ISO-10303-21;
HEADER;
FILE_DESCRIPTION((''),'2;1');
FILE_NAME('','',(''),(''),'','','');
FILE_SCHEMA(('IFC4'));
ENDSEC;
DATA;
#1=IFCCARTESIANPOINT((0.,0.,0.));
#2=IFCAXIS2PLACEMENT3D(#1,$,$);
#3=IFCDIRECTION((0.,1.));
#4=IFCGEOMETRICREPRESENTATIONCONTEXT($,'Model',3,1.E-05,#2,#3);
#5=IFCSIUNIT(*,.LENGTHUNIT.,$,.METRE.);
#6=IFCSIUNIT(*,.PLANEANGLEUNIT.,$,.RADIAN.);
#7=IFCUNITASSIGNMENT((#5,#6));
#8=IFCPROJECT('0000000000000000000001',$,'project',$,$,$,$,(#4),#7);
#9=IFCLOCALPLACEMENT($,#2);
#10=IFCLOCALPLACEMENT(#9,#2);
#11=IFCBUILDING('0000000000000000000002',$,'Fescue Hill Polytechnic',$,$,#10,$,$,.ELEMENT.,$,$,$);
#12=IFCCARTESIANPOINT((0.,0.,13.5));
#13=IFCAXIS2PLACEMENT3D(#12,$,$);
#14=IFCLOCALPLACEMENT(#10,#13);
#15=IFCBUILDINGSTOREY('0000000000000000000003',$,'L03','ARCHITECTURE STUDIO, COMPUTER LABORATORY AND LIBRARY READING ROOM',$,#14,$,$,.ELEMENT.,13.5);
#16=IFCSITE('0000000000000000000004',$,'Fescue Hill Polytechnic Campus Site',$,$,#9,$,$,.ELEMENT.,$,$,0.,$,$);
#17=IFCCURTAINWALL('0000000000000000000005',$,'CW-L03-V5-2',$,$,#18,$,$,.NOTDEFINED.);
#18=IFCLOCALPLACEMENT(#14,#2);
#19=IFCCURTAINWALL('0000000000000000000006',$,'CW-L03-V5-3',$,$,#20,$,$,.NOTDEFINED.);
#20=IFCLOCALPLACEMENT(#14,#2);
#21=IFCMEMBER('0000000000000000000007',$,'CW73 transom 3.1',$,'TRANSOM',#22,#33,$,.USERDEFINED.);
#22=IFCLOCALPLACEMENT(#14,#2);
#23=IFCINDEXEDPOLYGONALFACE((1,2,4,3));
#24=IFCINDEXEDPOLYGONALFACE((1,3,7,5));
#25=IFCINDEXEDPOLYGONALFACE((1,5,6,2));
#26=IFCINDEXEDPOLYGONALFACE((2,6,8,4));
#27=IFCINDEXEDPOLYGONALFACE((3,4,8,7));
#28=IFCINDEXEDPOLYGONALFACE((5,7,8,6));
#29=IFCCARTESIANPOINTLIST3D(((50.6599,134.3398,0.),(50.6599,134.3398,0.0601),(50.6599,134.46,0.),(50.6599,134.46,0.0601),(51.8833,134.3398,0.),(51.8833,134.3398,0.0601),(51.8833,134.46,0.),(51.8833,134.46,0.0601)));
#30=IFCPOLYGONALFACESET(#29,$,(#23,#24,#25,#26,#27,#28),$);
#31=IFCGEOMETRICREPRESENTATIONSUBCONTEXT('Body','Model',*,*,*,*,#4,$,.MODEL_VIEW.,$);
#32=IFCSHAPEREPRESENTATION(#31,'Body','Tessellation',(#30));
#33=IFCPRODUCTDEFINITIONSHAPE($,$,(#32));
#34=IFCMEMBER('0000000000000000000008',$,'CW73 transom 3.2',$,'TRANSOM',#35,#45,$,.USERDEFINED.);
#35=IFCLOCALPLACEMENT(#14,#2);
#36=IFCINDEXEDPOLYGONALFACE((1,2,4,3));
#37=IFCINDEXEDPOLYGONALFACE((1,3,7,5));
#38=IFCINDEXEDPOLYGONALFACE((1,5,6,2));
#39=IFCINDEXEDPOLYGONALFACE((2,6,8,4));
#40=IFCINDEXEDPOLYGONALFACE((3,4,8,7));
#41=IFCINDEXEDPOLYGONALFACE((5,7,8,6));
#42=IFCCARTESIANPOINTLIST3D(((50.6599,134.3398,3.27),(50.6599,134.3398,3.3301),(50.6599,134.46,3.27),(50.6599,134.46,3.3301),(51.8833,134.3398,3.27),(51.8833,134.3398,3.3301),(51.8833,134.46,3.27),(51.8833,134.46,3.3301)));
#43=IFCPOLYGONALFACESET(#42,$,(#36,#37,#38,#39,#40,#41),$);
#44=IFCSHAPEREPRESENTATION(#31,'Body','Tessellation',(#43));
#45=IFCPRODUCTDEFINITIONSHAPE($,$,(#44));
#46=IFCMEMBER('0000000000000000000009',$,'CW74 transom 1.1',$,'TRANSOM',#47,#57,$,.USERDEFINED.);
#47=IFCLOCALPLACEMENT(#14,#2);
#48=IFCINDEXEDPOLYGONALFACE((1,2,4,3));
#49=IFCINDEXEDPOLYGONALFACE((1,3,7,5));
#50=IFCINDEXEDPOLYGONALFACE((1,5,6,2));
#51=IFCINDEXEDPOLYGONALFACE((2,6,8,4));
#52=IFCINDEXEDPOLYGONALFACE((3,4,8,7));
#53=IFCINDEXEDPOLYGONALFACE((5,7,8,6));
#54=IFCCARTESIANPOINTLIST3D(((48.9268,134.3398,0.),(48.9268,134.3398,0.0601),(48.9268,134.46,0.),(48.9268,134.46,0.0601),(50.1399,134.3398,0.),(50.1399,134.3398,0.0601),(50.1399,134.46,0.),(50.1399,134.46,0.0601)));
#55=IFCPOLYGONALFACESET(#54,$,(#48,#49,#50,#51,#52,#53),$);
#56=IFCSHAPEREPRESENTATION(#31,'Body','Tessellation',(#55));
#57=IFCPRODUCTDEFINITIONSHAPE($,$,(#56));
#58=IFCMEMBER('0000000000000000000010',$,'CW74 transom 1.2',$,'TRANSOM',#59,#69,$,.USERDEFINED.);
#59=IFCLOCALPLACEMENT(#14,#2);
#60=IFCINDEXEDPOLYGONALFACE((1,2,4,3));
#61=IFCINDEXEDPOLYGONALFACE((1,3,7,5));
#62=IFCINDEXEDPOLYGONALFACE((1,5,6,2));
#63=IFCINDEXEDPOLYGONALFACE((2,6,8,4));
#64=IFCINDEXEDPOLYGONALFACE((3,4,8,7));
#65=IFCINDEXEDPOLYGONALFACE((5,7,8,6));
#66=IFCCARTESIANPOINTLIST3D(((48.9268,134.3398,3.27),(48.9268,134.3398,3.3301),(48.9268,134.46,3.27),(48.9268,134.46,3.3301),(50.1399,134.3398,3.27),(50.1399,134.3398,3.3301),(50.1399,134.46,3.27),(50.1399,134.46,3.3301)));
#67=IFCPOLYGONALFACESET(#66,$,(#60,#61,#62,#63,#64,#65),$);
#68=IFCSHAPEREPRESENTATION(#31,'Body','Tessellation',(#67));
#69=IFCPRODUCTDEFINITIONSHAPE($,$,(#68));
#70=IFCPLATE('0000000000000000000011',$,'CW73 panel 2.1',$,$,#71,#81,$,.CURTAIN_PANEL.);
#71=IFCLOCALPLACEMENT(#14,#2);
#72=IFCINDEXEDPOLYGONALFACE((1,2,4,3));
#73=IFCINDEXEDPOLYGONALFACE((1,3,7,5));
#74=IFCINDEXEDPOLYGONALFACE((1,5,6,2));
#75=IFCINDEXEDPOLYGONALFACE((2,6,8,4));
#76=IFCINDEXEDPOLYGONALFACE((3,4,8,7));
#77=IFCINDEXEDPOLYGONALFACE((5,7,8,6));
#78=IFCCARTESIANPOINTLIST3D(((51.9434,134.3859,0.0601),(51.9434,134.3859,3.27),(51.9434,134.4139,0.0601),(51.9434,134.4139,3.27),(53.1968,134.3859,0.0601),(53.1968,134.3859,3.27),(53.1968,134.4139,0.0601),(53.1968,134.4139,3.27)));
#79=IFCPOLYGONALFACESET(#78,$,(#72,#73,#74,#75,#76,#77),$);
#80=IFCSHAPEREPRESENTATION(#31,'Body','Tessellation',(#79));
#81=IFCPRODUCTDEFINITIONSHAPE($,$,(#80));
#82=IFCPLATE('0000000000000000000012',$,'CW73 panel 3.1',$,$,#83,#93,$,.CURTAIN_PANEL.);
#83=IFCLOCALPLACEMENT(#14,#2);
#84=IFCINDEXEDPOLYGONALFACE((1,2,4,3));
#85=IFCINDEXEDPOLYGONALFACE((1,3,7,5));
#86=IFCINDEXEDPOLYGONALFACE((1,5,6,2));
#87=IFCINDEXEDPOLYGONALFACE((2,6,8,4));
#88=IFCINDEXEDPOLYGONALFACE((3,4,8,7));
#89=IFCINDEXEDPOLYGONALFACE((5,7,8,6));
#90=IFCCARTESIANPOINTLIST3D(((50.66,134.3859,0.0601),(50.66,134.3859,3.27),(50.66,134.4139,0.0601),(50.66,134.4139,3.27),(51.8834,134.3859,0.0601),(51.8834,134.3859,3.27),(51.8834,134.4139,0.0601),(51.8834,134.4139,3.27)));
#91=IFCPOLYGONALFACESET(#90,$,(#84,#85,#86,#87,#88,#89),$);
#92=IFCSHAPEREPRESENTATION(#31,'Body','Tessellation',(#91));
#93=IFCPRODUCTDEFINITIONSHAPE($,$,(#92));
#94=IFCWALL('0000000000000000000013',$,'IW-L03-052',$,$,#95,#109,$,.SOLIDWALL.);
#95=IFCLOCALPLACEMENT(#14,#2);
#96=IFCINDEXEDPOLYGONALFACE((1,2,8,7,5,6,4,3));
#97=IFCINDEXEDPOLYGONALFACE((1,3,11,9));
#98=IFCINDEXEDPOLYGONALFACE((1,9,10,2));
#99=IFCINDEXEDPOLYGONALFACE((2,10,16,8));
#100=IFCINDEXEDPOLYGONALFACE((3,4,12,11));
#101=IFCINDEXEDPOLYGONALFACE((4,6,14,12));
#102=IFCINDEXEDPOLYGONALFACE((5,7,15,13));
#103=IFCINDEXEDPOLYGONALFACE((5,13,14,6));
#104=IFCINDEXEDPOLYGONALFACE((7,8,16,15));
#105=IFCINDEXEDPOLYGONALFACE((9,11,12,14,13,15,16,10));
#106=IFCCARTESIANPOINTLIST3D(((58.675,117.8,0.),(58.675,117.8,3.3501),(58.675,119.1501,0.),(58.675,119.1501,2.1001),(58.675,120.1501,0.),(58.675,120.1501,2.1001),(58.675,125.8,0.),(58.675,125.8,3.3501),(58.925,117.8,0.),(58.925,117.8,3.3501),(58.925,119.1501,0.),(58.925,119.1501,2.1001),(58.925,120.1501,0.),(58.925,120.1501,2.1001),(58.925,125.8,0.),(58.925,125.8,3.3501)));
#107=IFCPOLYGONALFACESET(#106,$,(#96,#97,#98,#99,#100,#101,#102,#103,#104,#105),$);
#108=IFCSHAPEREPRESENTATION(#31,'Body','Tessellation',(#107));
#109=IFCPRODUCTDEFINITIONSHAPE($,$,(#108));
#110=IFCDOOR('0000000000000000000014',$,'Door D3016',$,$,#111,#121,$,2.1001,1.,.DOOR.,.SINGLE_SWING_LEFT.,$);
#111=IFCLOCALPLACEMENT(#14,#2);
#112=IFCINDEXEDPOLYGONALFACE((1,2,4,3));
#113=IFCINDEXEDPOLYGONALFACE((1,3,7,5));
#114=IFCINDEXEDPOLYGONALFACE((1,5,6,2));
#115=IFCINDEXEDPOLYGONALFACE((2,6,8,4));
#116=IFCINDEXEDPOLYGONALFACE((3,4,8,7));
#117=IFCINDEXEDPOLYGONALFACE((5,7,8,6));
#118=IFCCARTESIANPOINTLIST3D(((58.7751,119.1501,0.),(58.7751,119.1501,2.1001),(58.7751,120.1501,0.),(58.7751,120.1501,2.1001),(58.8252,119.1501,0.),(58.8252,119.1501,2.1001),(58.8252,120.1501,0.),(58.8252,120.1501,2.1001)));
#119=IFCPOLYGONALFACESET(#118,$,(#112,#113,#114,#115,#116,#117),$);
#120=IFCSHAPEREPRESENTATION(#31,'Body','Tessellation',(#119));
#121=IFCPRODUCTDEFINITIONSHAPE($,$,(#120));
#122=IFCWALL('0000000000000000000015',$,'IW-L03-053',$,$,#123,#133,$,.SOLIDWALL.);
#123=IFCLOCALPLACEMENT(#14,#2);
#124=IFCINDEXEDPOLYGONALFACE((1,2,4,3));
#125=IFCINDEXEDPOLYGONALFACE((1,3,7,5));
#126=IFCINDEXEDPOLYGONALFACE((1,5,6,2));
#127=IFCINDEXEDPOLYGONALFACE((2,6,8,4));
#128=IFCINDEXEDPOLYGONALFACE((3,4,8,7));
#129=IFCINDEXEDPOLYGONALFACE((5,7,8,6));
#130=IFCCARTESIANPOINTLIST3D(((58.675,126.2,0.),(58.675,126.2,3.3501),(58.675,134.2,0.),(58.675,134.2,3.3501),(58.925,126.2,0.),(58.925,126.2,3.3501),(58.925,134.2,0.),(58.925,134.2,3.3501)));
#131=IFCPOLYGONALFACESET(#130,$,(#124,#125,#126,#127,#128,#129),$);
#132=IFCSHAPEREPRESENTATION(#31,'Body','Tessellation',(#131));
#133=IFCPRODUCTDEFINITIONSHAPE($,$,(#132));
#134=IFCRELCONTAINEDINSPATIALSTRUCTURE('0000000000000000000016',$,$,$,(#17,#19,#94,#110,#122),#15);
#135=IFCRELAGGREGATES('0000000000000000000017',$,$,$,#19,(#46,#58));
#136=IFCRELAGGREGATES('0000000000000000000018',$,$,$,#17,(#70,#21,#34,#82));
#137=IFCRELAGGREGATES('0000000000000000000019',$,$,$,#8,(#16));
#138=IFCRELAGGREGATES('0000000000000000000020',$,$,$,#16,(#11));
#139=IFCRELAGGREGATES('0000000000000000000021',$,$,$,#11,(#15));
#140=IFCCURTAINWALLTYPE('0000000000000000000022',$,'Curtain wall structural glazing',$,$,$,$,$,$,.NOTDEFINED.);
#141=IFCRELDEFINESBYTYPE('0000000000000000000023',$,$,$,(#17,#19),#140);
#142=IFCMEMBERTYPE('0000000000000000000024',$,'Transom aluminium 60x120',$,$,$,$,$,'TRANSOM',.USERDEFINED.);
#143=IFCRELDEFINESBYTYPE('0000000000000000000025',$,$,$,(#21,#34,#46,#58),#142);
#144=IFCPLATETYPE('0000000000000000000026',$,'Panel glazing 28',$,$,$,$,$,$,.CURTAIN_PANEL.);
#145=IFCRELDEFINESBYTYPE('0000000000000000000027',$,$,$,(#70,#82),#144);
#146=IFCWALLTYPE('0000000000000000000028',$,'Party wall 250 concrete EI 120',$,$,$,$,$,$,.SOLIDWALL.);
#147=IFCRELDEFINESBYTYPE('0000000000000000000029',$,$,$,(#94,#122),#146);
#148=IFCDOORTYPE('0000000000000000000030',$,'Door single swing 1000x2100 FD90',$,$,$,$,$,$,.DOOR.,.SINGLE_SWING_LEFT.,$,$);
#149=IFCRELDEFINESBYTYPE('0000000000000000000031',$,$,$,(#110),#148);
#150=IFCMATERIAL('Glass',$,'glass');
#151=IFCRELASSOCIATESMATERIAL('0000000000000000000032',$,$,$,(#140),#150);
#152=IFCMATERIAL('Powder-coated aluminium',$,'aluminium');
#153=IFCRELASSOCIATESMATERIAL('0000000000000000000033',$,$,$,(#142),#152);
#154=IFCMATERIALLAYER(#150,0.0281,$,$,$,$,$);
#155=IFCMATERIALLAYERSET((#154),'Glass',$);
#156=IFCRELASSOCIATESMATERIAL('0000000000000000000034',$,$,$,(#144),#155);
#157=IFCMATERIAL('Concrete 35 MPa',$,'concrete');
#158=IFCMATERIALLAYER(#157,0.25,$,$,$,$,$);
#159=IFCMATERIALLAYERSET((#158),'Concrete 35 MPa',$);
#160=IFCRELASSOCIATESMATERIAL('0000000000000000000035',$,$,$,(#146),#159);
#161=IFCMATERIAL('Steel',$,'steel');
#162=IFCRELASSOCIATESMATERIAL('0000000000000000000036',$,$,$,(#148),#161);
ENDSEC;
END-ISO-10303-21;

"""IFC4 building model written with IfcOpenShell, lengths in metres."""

from ifc_helpers import new_model, si_unit, direction, frame, frame_2d, origin, origin_2d, place, context, subcontext, project, spatial, rectangle, extrude, material, layer, layer_set, material_profile, profile_set, type_object, element, fill, aggregate, save


model = new_model("IFC4")

# Units and contexts
model_context = context("Model", 3, precision=1e-05, world=origin(), true_north=direction((0.0, 1.0)))
body_context = subcontext(model_context, "Body", "Model", "MODEL_VIEW")
ifc_project = project(units=[si_unit("LENGTHUNIT", "METRE"), si_unit("PLANEANGLEUNIT", "RADIAN")], contexts=[model_context])

# Site, building, storey
site_placement = place(None, origin())
site = spatial("IfcSite", under=ifc_project, at=site_placement, Name="Fescue Hill Polytechnic Campus Site", CompositionType="ELEMENT", RefElevation=0.0)
building_placement = place(site_placement, origin())
building = spatial("IfcBuilding", under=site, at=building_placement, Name="Fescue Hill Polytechnic", CompositionType="ELEMENT")
storey_placement = place(building_placement, frame((0.0, 0.0, 13.5)))
storey = spatial("IfcBuildingStorey", under=building, at=storey_placement, Name="L03", Description="ARCHITECTURE STUDIO, COMPUTER LABORATORY AND LIBRARY READING ROOM", CompositionType="ELEMENT", Elevation=13.5)

# Shared definitions
ifc_material_1 = material(Name="Concrete 35 MPa", Category="concrete")

# Curtain wall
ifc_material_2 = material(Name="Glass", Category="glass")
curtain_wall_type = type_object("IfcCurtainWallType", Name="Curtain wall structural glazing", PredefinedType="NOTDEFINED", material=ifc_material_2)
curtain_wall_1_placement = place(storey_placement, origin())
curtain_wall_1 = element("IfcCurtainWall", 1, at=curtain_wall_1_placement, inside=storey, type_object=curtain_wall_type, Name="CW-L03-V5-2", PredefinedType="NOTDEFINED")
ifc_material_3 = material(Name="Powder-coated aluminium", Category="aluminium")

# Curtain wall
curtain_wall_2_placement = place(storey_placement, origin())
curtain_wall_2 = element("IfcCurtainWall", 2, at=curtain_wall_2_placement, inside=storey, type_object=curtain_wall_type, Name="CW-L03-V5-3", PredefinedType="NOTDEFINED")

# Members
ifc_material_profile_1 = material_profile(ifc_material_3, rectangle(XDim=0.1201, YDim=0.0601, at=origin_2d()), Name="Transom aluminium 60x120")
ifc_profile_set_1 = profile_set([ifc_material_profile_1], Name="Powder-coated aluminium")
member_type_1 = type_object("IfcMemberType", Name="Transom aluminium 60x120", ElementType="TRANSOM", PredefinedType="USERDEFINED", material=ifc_profile_set_1)
member_1_placement = place(storey_placement, frame((51.8833, 134.3999, 0.03), z_axis=(-1.0, 0.0, 0.0), x_axis=(0.0, -1.0, 0.0)))
member_1 = element("IfcMember", 3, at=member_1_placement, type_object=member_type_1, Name="CW73 transom 3.1", ObjectType="TRANSOM", PredefinedType="USERDEFINED", context=body_context, shape_type="SweptSolid", body=[
    extrude(rectangle(XDim=0.1201, YDim=0.0601, at=origin_2d()), origin(), (0.0, 0.0, 1.0), 1.2234),
])
member_2_placement = place(storey_placement, frame((51.8833, 134.3999, 3.3), z_axis=(-1.0, 0.0, 0.0), x_axis=(0.0, -1.0, 0.0)))
member_2 = element("IfcMember", 4, at=member_2_placement, type_object=member_type_1, Name="CW73 transom 3.2", ObjectType="TRANSOM", PredefinedType="USERDEFINED", context=body_context, shape_type="SweptSolid", body=[
    extrude(rectangle(XDim=0.1201, YDim=0.0601, at=origin_2d()), origin(), (0.0, 0.0, 1.0), 1.2234),
])
member_3_placement = place(storey_placement, frame((50.1399, 134.3999, 0.03), z_axis=(-1.0, 0.0, 0.0), x_axis=(0.0, -1.0, 0.0)))
member_3 = element("IfcMember", 5, at=member_3_placement, type_object=member_type_1, Name="CW74 transom 1.1", ObjectType="TRANSOM", PredefinedType="USERDEFINED", context=body_context, shape_type="SweptSolid", body=[
    extrude(rectangle(XDim=0.1201, YDim=0.0601, at=origin_2d()), origin(), (0.0, 0.0, 1.0), 1.2131),
])
member_4_placement = place(storey_placement, frame((50.1399, 134.3999, 3.3), z_axis=(-1.0, 0.0, 0.0), x_axis=(0.0, -1.0, 0.0)))
member_4 = element("IfcMember", 6, at=member_4_placement, type_object=member_type_1, Name="CW74 transom 1.2", ObjectType="TRANSOM", PredefinedType="USERDEFINED", context=body_context, shape_type="SweptSolid", body=[
    extrude(rectangle(XDim=0.1201, YDim=0.0601, at=origin_2d()), origin(), (0.0, 0.0, 1.0), 1.2131),
])
aggregate(curtain_wall_2, [member_3, member_4])

# Plates
ifc_layer_1 = layer(ifc_material_2, 0.0281)
ifc_layer_set_1 = layer_set([ifc_layer_1], Name="Glass")
plate_type = type_object("IfcPlateType", Name="Panel glazing 28", PredefinedType="CURTAIN_PANEL", material=ifc_layer_set_1)
plate_1_placement = place(storey_placement, frame((52.5701, 134.3999, 0.0601), z_axis=(0.0, 0.0, 1.0), x_axis=(-1.0, 0.0, 0.0)))
plate_1 = element("IfcPlate", 7, at=plate_1_placement, type_object=plate_type, Name="CW73 panel 2.1", PredefinedType="CURTAIN_PANEL", context=body_context, shape_type="SweptSolid", body=[
    extrude(rectangle(XDim=1.2534, YDim=0.0281, at=origin_2d()), origin(), (0.0, 0.0, 1.0), 3.21),
])
plate_2_placement = place(storey_placement, frame((51.2717, 134.3999, 0.0601), z_axis=(0.0, 0.0, 1.0), x_axis=(-1.0, 0.0, 0.0)))
plate_2 = element("IfcPlate", 8, at=plate_2_placement, type_object=plate_type, Name="CW73 panel 3.1", PredefinedType="CURTAIN_PANEL", context=body_context, shape_type="SweptSolid", body=[
    extrude(rectangle(XDim=1.2234, YDim=0.0281, at=origin_2d()), origin(), (0.0, 0.0, 1.0), 3.21),
])
aggregate(curtain_wall_1, [plate_1, member_1, member_2, plate_2])

# Wall, opening, door
ifc_layer_2 = layer(ifc_material_1, 0.25)
ifc_layer_set_2 = layer_set([ifc_layer_2], Name="Concrete 35 MPa")
wall_type = type_object("IfcWallType", Name="Party wall 250 concrete EI 120", PredefinedType="SOLIDWALL", material=ifc_layer_set_2)
wall_1_placement = place(storey_placement, frame((58.8, 117.8, 0.0), z_axis=(0.0, 0.0, 1.0), x_axis=(0.0, 1.0, 0.0)))
wall_1 = element("IfcWall", 9, at=wall_1_placement, inside=storey, type_object=wall_type, Name="IW-L03-052", PredefinedType="SOLIDWALL", context=body_context, shape_type="SweptSolid", body=[
    extrude(rectangle(XDim=8.0, YDim=0.25, at=frame_2d((4.0, 0.0))), origin(), (0.0, 0.0, 1.0), 3.3501),
])
opening_placement = place(wall_1_placement, frame((1.3501, 0.0, 0.0)))
opening = element("IfcOpeningElement", 10, at=opening_placement, cuts=wall_1, PredefinedType="OPENING", context=body_context, shape_type="SweptSolid", body=[
    extrude(rectangle(XDim=1.0, YDim=2.1001, at=frame_2d((0.5, 1.05))), frame((0.0, 0.135, 0.0), z_axis=(0.0, -1.0, 0.0), x_axis=(1.0, 0.0, 0.0)), (0.0, 0.0, 1.0), 0.27),
])
ifc_material_4 = material(Name="Steel", Category="steel")
door_type = type_object("IfcDoorType", Name="Door single swing 1000x2100 FD90", OperationType="SINGLE_SWING_LEFT", PredefinedType="DOOR", material=ifc_material_4)
door_placement = place(opening_placement, origin())
door = element("IfcDoor", 11, at=door_placement, inside=storey, type_object=door_type, Name="Door D3016", OperationType="SINGLE_SWING_LEFT", OverallHeight=2.1001, OverallWidth=1.0, PredefinedType="DOOR", context=body_context, shape_type="SweptSolid", body=[
    extrude(rectangle(XDim=1.0, YDim=2.1001, at=frame_2d((0.5, 1.05))), frame((0.0, 0.0249, 0.0), z_axis=(0.0, -1.0, 0.0), x_axis=(1.0, 0.0, 0.0)), (0.0, 0.0, 1.0), 0.05),
])
fill(opening, door)

# Wall
wall_2_placement = place(storey_placement, frame((58.8, 126.2, 0.0), z_axis=(0.0, 0.0, 1.0), x_axis=(0.0, 1.0, 0.0)))
element("IfcWall", 12, at=wall_2_placement, inside=storey, type_object=wall_type, Name="IW-L03-053", PredefinedType="SOLIDWALL", context=body_context, shape_type="SweptSolid", body=[
    extrude(rectangle(XDim=8.0, YDim=0.25, at=frame_2d((4.0, 0.0))), origin(), (0.0, 0.0, 1.0), 3.3501),
])

save(model, "model.ifc")
